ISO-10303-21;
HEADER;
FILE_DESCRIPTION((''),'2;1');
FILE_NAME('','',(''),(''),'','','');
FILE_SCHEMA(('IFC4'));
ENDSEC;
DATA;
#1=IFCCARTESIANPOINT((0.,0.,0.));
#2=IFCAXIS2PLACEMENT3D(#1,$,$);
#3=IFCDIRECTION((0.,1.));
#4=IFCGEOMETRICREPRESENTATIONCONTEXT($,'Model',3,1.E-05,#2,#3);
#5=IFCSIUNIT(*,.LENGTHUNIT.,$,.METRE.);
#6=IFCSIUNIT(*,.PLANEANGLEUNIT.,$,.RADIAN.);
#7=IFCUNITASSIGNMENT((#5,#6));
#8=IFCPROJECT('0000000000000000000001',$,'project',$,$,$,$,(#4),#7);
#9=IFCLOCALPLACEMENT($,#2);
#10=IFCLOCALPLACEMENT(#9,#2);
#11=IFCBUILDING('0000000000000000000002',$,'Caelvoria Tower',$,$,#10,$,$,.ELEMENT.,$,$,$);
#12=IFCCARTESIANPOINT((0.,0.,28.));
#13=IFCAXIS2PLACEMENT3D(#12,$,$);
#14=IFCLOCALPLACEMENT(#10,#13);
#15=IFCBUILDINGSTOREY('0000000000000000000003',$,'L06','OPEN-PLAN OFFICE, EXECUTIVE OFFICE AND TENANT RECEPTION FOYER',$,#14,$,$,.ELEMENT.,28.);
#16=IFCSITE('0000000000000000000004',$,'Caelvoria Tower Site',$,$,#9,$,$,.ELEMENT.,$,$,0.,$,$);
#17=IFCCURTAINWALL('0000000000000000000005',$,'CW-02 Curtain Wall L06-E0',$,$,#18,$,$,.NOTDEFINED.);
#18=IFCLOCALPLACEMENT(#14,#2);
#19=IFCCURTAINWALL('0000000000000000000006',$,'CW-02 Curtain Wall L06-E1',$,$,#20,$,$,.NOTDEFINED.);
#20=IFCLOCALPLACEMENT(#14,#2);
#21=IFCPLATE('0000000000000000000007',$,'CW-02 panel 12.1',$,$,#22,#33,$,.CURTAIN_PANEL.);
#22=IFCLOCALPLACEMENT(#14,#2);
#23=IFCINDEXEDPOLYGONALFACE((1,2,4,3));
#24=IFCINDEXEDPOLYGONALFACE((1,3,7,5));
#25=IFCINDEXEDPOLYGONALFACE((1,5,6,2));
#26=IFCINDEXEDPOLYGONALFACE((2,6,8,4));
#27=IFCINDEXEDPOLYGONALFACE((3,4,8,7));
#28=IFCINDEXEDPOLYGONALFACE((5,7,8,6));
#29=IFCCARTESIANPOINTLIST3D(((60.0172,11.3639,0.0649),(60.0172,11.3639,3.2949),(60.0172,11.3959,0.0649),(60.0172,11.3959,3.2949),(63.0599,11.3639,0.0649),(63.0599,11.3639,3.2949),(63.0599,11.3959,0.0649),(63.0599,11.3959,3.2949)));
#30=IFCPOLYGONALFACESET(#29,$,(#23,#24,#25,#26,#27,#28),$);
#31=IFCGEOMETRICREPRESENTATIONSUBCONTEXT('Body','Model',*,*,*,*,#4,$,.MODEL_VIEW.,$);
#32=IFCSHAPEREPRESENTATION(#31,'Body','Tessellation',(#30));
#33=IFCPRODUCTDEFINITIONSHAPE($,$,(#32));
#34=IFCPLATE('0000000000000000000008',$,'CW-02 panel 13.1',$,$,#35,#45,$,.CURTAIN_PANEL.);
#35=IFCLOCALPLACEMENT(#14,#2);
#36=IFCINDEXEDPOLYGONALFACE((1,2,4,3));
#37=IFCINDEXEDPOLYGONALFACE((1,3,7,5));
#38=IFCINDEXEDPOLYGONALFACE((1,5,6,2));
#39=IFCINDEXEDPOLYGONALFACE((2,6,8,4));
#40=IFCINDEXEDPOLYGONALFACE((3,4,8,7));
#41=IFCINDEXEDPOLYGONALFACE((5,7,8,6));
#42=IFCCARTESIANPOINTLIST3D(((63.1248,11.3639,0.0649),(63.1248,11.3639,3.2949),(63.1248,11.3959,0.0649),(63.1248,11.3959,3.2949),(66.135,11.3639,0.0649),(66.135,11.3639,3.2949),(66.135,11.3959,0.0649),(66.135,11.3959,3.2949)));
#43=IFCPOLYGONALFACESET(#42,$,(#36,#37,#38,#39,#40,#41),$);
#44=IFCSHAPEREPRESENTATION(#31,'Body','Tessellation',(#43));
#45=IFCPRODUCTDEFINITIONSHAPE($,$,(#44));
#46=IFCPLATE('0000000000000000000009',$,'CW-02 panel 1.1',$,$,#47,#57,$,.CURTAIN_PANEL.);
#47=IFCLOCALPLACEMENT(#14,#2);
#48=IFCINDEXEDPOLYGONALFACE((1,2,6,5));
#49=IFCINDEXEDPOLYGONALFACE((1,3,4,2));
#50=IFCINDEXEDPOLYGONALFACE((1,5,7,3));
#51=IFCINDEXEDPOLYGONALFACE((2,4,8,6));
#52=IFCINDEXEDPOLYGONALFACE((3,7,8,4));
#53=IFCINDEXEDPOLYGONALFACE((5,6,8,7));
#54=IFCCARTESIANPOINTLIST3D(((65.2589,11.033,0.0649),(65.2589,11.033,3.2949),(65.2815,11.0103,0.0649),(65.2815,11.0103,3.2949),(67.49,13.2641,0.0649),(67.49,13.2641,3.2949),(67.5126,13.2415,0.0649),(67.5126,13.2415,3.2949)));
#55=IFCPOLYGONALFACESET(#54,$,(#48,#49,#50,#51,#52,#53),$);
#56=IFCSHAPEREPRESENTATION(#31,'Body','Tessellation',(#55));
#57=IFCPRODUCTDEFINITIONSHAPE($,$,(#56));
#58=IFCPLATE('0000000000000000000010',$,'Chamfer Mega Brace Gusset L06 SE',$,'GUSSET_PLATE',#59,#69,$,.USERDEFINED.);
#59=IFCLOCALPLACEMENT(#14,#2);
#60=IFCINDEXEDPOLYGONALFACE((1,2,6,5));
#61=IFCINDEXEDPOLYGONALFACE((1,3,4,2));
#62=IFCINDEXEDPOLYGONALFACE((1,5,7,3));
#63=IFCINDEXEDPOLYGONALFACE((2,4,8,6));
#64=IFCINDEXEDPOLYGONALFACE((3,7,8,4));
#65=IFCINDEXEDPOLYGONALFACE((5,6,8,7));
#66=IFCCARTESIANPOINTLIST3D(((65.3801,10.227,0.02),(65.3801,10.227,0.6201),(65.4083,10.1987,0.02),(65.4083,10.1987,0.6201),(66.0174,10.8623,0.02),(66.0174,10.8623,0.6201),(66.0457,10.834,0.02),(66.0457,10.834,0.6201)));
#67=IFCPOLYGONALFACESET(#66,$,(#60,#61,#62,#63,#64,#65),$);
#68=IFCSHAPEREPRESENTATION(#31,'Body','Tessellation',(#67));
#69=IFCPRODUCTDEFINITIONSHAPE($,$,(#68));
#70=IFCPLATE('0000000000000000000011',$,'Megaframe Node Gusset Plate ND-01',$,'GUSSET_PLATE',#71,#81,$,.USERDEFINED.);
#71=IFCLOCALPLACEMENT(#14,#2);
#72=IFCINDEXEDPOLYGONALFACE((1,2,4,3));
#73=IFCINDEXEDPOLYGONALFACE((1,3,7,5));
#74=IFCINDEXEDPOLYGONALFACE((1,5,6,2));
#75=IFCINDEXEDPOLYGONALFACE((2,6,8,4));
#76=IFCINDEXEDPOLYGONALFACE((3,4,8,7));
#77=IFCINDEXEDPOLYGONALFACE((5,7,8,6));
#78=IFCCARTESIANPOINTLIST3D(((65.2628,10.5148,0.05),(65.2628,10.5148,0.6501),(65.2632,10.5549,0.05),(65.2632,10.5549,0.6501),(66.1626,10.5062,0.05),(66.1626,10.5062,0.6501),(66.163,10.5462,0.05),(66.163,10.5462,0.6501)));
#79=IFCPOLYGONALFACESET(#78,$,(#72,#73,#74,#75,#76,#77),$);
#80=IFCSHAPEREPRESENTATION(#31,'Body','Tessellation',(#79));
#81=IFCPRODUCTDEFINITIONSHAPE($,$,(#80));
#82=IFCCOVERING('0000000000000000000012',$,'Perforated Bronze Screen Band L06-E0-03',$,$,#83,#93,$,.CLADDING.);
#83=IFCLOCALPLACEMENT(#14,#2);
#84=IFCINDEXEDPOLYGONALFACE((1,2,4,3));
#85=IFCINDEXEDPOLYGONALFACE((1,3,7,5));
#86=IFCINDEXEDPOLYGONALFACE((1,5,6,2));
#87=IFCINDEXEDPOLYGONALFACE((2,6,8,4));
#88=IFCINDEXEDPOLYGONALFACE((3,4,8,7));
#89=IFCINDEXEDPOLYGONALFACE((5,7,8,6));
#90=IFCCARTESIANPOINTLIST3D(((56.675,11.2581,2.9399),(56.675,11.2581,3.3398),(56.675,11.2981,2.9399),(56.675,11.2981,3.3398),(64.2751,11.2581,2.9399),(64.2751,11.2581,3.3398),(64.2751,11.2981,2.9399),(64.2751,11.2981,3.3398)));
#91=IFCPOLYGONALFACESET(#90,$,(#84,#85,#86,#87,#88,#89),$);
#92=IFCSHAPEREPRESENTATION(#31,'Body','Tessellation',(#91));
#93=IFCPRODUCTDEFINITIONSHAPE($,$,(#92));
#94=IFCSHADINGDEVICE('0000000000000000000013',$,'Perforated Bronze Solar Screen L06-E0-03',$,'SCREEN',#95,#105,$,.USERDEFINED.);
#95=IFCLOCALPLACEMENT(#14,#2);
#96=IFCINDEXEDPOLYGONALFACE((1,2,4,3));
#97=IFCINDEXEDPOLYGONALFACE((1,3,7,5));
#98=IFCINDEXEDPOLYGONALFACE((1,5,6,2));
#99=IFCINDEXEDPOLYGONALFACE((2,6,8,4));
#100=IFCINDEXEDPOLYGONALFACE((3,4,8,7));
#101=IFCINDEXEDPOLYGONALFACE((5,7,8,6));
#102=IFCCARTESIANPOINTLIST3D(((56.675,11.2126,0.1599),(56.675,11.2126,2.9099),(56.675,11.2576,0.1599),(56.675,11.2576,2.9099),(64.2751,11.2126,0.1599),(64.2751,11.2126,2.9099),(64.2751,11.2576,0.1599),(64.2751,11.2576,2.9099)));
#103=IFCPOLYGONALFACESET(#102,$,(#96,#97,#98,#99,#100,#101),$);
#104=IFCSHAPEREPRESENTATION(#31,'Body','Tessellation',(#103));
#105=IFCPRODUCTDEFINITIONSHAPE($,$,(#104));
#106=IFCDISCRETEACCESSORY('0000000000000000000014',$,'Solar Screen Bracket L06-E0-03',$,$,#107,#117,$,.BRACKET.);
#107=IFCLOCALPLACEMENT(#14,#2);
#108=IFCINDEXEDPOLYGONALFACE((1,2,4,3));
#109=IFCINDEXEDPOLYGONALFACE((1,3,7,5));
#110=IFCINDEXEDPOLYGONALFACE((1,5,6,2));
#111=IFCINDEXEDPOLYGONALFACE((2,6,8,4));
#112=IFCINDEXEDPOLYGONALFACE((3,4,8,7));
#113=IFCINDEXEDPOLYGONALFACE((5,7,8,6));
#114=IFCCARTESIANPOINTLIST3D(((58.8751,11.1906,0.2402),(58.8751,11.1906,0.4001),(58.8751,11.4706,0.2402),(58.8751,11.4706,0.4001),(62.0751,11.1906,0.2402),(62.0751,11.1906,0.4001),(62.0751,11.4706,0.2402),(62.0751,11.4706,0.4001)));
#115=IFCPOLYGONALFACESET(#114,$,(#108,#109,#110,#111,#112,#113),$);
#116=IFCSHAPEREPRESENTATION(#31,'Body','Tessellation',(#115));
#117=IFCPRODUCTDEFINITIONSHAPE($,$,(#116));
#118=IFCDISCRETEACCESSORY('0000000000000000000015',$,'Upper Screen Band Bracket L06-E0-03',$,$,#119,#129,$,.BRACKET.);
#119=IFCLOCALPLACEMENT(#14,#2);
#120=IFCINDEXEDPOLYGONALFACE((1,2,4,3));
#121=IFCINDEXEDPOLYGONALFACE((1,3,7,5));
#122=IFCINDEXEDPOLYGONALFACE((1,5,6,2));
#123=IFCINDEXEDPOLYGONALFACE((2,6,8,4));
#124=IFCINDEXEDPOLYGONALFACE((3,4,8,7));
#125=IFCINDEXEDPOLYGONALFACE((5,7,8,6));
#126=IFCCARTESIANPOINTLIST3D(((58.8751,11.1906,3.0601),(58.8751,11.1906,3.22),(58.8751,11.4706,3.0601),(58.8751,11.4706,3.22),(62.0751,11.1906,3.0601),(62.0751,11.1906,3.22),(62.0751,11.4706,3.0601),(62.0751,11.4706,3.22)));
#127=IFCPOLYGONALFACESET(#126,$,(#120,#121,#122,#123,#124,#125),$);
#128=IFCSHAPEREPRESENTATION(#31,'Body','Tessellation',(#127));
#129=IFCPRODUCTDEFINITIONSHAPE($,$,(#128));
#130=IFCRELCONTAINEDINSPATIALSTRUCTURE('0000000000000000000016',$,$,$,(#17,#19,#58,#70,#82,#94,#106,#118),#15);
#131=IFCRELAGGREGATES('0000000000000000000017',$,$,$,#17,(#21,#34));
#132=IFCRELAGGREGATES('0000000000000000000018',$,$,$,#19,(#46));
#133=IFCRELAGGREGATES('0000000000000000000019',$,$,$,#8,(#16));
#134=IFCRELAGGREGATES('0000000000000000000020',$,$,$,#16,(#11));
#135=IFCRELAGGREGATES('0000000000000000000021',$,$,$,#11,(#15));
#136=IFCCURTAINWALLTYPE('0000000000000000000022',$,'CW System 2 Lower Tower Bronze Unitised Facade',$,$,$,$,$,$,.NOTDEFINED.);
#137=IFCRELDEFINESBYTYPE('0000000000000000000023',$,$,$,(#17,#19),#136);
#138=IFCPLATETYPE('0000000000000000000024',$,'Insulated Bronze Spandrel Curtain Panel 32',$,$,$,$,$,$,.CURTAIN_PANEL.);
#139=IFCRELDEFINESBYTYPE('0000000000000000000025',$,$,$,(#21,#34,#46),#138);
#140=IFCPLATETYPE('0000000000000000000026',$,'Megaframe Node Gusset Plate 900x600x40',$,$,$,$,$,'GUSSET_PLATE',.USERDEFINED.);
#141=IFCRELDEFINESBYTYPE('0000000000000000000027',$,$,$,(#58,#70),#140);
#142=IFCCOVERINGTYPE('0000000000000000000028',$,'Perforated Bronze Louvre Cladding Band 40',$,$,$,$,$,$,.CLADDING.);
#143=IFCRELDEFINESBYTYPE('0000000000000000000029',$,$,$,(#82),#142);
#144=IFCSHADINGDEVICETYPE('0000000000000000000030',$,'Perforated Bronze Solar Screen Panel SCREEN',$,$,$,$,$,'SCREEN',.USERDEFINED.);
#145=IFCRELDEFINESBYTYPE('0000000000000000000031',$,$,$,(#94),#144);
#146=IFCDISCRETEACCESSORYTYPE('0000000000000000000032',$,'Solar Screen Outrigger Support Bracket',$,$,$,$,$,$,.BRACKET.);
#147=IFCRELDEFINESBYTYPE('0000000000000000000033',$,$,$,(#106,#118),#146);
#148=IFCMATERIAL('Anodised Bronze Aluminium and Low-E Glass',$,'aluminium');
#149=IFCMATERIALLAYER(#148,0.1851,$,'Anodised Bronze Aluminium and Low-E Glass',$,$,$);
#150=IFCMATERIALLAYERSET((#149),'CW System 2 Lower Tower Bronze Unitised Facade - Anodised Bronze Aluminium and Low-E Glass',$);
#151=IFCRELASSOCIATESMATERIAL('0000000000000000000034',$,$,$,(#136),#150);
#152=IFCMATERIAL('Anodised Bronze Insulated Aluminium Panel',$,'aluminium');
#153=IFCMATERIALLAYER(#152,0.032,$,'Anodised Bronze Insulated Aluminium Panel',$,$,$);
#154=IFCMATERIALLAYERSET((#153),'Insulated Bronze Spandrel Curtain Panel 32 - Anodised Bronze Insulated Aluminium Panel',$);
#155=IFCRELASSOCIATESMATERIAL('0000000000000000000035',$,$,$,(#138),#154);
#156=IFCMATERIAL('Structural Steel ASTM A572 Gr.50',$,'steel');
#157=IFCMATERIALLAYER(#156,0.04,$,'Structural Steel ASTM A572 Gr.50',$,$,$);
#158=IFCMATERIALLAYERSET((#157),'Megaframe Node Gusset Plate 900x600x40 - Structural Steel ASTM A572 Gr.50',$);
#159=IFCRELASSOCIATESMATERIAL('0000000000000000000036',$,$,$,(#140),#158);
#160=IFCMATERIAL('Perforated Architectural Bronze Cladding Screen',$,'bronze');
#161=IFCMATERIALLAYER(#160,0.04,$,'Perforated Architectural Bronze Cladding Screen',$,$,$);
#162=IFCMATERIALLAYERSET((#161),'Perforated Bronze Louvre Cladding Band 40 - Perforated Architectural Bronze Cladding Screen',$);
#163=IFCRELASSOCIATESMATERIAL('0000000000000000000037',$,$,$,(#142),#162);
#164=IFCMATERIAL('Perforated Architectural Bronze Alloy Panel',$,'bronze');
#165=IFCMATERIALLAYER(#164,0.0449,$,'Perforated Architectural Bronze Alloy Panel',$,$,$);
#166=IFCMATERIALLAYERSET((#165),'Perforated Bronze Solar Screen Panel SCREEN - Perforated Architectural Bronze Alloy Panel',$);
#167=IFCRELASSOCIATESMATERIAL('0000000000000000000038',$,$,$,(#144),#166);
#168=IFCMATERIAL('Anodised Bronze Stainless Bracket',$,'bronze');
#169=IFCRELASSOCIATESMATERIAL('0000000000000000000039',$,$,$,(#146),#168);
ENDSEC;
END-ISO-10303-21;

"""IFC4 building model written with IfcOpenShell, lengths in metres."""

from ifc_helpers import new_model, si_unit, direction, frame, origin, origin_2d, place, context, subcontext, project, spatial, rectangle, extrude, material, layer, layer_set, type_object, element, aggregate, save


model = new_model("IFC4")

# Units and contexts
model_context = context("Model", 3, precision=1e-05, world=origin(), true_north=direction((0.0, 1.0)))
body_context = subcontext(model_context, "Body", "Model", "MODEL_VIEW")
ifc_project = project(units=[si_unit("LENGTHUNIT", "METRE"), si_unit("PLANEANGLEUNIT", "RADIAN")], contexts=[model_context])

# Site, building, storey
site_placement = place(None, origin())
site = spatial("IfcSite", under=ifc_project, at=site_placement, Name="Caelvoria Tower Site", CompositionType="ELEMENT", RefElevation=0.0)
building_placement = place(site_placement, origin())
building = spatial("IfcBuilding", under=site, at=building_placement, Name="Caelvoria Tower", CompositionType="ELEMENT")
storey_placement = place(building_placement, frame((0.0, 0.0, 28.0)))
storey = spatial("IfcBuildingStorey", under=building, at=storey_placement, Name="L06", Description="OPEN-PLAN OFFICE, EXECUTIVE OFFICE AND TENANT RECEPTION FOYER", CompositionType="ELEMENT", Elevation=28.0)

# Shared definitions
ifc_material_1 = material(Name="Structural Steel ASTM A572 Gr.50", Category="steel")

# Curtain wall
ifc_material_2 = material(Name="Anodised Bronze Aluminium and Low-E Glass", Category="aluminium")
ifc_layer_1 = layer(ifc_material_2, 0.1851, Name="Anodised Bronze Aluminium and Low-E Glass")
ifc_layer_set_1 = layer_set([ifc_layer_1], Name="CW System 2 Lower Tower Bronze Unitised Facade - Anodised Bronze Aluminium and Low-E Glass")
curtain_wall_type = type_object("IfcCurtainWallType", Name="CW System 2 Lower Tower Bronze Unitised Facade", PredefinedType="NOTDEFINED", material=ifc_layer_set_1)
curtain_wall_1_placement = place(storey_placement, origin())
curtain_wall_1 = element("IfcCurtainWall", 1, at=curtain_wall_1_placement, inside=storey, type_object=curtain_wall_type, Name="CW-02 Curtain Wall L06-E0", PredefinedType="NOTDEFINED")

# Curtain wall
curtain_wall_2_placement = place(storey_placement, origin())
curtain_wall_2 = element("IfcCurtainWall", 2, at=curtain_wall_2_placement, inside=storey, type_object=curtain_wall_type, Name="CW-02 Curtain Wall L06-E1", PredefinedType="NOTDEFINED")

# Plates
ifc_material_3 = material(Name="Anodised Bronze Insulated Aluminium Panel", Category="aluminium")
ifc_layer_2 = layer(ifc_material_3, 0.032, Name="Anodised Bronze Insulated Aluminium Panel")
ifc_layer_set_2 = layer_set([ifc_layer_2], Name="Insulated Bronze Spandrel Curtain Panel 32 - Anodised Bronze Insulated Aluminium Panel")
plate_type_1 = type_object("IfcPlateType", Name="Insulated Bronze Spandrel Curtain Panel 32", PredefinedType="CURTAIN_PANEL", material=ifc_layer_set_2)
plate_1_placement = place(storey_placement, frame((61.5386, 11.3799, 0.0649), z_axis=(0.0, 0.0, 1.0), x_axis=(1.0, 0.0, 0.0)))
plate_1 = element("IfcPlate", 3, at=plate_1_placement, type_object=plate_type_1, Name="CW-02 panel 12.1", PredefinedType="CURTAIN_PANEL", context=body_context, shape_type="SweptSolid", body=[
    extrude(rectangle(XDim=3.0427, YDim=0.032, at=origin_2d()), origin(), (0.0, 0.0, 1.0), 3.23),
])
plate_2_placement = place(storey_placement, frame((64.6299, 11.3799, 0.0649), z_axis=(0.0, 0.0, 1.0), x_axis=(1.0, 0.0, 0.0)))
plate_2 = element("IfcPlate", 4, at=plate_2_placement, type_object=plate_type_1, Name="CW-02 panel 13.1", PredefinedType="CURTAIN_PANEL", context=body_context, shape_type="SweptSolid", body=[
    extrude(rectangle(XDim=3.0103, YDim=0.032, at=origin_2d()), origin(), (0.0, 0.0, 1.0), 3.23),
])
aggregate(curtain_wall_1, [plate_1, plate_2])
plate_3_placement = place(storey_placement, frame((66.3857, 12.1372, 0.0649), z_axis=(0.0, 0.0, 1.0), x_axis=(0.707107, 0.707107, 0.0)))
plate_3 = element("IfcPlate", 5, at=plate_3_placement, type_object=plate_type_1, Name="CW-02 panel 1.1", PredefinedType="CURTAIN_PANEL", context=body_context, shape_type="SweptSolid", body=[
    extrude(rectangle(XDim=3.1553, YDim=0.032, at=origin_2d()), origin(), (0.0, 0.0, 1.0), 3.23),
])
aggregate(curtain_wall_2, [plate_3])

# Plates
ifc_layer_3 = layer(ifc_material_1, 0.04, Name="Structural Steel ASTM A572 Gr.50")
ifc_layer_set_3 = layer_set([ifc_layer_3], Name="Megaframe Node Gusset Plate 900x600x40 - Structural Steel ASTM A572 Gr.50")
plate_type_2 = type_object("IfcPlateType", Name="Megaframe Node Gusset Plate 900x600x40", ElementType="GUSSET_PLATE", PredefinedType="USERDEFINED", material=ifc_layer_set_3)
for number, where, z_axis, x_axis, name in (
    (6, (65.7129, 10.5305, 0.02), (0.0, 0.0, 1.0), (0.708247, 0.705964, 0.0), "Chamfer Mega Brace Gusset L06 SE"),
    (7, (65.7129, 10.5305, 0.05), (0.0, 0.0, 1.0), (-0.999954, 0.009618, 0.0), "Megaframe Node Gusset Plate ND-01"),
):
    element("IfcPlate", number, at=place(storey_placement, frame(where, z_axis=z_axis, x_axis=x_axis)), inside=storey, type_object=plate_type_2, Name=name, ObjectType="GUSSET_PLATE", PredefinedType="USERDEFINED", context=body_context, shape_type="SweptSolid", body=[
        extrude(rectangle(XDim=0.8999, YDim=0.04, at=origin_2d()), origin(), (0.0, 0.0, 1.0), 0.6001),
    ])

# Covering
ifc_material_4 = material(Name="Perforated Architectural Bronze Cladding Screen", Category="bronze")
ifc_layer_4 = layer(ifc_material_4, 0.04, Name="Perforated Architectural Bronze Cladding Screen")
ifc_layer_set_4 = layer_set([ifc_layer_4], Name="Perforated Bronze Louvre Cladding Band 40 - Perforated Architectural Bronze Cladding Screen")
covering_type = type_object("IfcCoveringType", Name="Perforated Bronze Louvre Cladding Band 40", PredefinedType="CLADDING", material=ifc_layer_set_4)
covering_placement = place(storey_placement, frame((60.4751, 11.2781, 2.9399), z_axis=(0.0, 0.0, 1.0), x_axis=(1.0, 0.0, 0.0)))
element("IfcCovering", 8, at=covering_placement, inside=storey, type_object=covering_type, Name="Perforated Bronze Screen Band L06-E0-03", PredefinedType="CLADDING", context=body_context, shape_type="SweptSolid", body=[
    extrude(rectangle(XDim=7.6001, YDim=0.04, at=origin_2d()), origin(), (0.0, 0.0, 1.0), 0.3999),
])

# Shading device
ifc_material_5 = material(Name="Perforated Architectural Bronze Alloy Panel", Category="bronze")
ifc_layer_5 = layer(ifc_material_5, 0.0449, Name="Perforated Architectural Bronze Alloy Panel")
ifc_layer_set_5 = layer_set([ifc_layer_5], Name="Perforated Bronze Solar Screen Panel SCREEN - Perforated Architectural Bronze Alloy Panel")
shading_device_type = type_object("IfcShadingDeviceType", Name="Perforated Bronze Solar Screen Panel SCREEN", ElementType="SCREEN", PredefinedType="USERDEFINED", material=ifc_layer_set_5)
shading_device_placement = place(storey_placement, frame((60.4751, 11.2351, 0.1599), z_axis=(0.0, 0.0, 1.0), x_axis=(1.0, 0.0, 0.0)))
element("IfcShadingDevice", 9, at=shading_device_placement, inside=storey, type_object=shading_device_type, Name="Perforated Bronze Solar Screen L06-E0-03", ObjectType="SCREEN", PredefinedType="USERDEFINED", context=body_context, shape_type="SweptSolid", body=[
    extrude(rectangle(XDim=7.6001, YDim=0.0449, at=origin_2d()), origin(), (0.0, 0.0, 1.0), 2.75),
])

# Discrete accessories
ifc_material_6 = material(Name="Anodised Bronze Stainless Bracket", Category="bronze")
discrete_accessory_type = type_object("IfcDiscreteAccessoryType", Name="Solar Screen Outrigger Support Bracket", PredefinedType="BRACKET", material=ifc_material_6)
for number, where, z_axis, x_axis, name in (
    (10, (60.4751, 11.3306, 0.2402), (0.0, 0.0, 1.0), (1.0, 0.0, 0.0), "Solar Screen Bracket L06-E0-03"),
    (11, (60.4751, 11.3306, 3.0601), (0.0, 0.0, 1.0), (1.0, 0.0, 0.0), "Upper Screen Band Bracket L06-E0-03"),
):
    element("IfcDiscreteAccessory", number, at=place(storey_placement, frame(where, z_axis=z_axis, x_axis=x_axis)), inside=storey, type_object=discrete_accessory_type, Name=name, PredefinedType="BRACKET", context=body_context, shape_type="SweptSolid", body=[
        extrude(rectangle(XDim=3.2, YDim=0.28, at=origin_2d()), origin(), (0.0, 0.0, 1.0), 0.1599),
    ])

save(model, "model.ifc")
